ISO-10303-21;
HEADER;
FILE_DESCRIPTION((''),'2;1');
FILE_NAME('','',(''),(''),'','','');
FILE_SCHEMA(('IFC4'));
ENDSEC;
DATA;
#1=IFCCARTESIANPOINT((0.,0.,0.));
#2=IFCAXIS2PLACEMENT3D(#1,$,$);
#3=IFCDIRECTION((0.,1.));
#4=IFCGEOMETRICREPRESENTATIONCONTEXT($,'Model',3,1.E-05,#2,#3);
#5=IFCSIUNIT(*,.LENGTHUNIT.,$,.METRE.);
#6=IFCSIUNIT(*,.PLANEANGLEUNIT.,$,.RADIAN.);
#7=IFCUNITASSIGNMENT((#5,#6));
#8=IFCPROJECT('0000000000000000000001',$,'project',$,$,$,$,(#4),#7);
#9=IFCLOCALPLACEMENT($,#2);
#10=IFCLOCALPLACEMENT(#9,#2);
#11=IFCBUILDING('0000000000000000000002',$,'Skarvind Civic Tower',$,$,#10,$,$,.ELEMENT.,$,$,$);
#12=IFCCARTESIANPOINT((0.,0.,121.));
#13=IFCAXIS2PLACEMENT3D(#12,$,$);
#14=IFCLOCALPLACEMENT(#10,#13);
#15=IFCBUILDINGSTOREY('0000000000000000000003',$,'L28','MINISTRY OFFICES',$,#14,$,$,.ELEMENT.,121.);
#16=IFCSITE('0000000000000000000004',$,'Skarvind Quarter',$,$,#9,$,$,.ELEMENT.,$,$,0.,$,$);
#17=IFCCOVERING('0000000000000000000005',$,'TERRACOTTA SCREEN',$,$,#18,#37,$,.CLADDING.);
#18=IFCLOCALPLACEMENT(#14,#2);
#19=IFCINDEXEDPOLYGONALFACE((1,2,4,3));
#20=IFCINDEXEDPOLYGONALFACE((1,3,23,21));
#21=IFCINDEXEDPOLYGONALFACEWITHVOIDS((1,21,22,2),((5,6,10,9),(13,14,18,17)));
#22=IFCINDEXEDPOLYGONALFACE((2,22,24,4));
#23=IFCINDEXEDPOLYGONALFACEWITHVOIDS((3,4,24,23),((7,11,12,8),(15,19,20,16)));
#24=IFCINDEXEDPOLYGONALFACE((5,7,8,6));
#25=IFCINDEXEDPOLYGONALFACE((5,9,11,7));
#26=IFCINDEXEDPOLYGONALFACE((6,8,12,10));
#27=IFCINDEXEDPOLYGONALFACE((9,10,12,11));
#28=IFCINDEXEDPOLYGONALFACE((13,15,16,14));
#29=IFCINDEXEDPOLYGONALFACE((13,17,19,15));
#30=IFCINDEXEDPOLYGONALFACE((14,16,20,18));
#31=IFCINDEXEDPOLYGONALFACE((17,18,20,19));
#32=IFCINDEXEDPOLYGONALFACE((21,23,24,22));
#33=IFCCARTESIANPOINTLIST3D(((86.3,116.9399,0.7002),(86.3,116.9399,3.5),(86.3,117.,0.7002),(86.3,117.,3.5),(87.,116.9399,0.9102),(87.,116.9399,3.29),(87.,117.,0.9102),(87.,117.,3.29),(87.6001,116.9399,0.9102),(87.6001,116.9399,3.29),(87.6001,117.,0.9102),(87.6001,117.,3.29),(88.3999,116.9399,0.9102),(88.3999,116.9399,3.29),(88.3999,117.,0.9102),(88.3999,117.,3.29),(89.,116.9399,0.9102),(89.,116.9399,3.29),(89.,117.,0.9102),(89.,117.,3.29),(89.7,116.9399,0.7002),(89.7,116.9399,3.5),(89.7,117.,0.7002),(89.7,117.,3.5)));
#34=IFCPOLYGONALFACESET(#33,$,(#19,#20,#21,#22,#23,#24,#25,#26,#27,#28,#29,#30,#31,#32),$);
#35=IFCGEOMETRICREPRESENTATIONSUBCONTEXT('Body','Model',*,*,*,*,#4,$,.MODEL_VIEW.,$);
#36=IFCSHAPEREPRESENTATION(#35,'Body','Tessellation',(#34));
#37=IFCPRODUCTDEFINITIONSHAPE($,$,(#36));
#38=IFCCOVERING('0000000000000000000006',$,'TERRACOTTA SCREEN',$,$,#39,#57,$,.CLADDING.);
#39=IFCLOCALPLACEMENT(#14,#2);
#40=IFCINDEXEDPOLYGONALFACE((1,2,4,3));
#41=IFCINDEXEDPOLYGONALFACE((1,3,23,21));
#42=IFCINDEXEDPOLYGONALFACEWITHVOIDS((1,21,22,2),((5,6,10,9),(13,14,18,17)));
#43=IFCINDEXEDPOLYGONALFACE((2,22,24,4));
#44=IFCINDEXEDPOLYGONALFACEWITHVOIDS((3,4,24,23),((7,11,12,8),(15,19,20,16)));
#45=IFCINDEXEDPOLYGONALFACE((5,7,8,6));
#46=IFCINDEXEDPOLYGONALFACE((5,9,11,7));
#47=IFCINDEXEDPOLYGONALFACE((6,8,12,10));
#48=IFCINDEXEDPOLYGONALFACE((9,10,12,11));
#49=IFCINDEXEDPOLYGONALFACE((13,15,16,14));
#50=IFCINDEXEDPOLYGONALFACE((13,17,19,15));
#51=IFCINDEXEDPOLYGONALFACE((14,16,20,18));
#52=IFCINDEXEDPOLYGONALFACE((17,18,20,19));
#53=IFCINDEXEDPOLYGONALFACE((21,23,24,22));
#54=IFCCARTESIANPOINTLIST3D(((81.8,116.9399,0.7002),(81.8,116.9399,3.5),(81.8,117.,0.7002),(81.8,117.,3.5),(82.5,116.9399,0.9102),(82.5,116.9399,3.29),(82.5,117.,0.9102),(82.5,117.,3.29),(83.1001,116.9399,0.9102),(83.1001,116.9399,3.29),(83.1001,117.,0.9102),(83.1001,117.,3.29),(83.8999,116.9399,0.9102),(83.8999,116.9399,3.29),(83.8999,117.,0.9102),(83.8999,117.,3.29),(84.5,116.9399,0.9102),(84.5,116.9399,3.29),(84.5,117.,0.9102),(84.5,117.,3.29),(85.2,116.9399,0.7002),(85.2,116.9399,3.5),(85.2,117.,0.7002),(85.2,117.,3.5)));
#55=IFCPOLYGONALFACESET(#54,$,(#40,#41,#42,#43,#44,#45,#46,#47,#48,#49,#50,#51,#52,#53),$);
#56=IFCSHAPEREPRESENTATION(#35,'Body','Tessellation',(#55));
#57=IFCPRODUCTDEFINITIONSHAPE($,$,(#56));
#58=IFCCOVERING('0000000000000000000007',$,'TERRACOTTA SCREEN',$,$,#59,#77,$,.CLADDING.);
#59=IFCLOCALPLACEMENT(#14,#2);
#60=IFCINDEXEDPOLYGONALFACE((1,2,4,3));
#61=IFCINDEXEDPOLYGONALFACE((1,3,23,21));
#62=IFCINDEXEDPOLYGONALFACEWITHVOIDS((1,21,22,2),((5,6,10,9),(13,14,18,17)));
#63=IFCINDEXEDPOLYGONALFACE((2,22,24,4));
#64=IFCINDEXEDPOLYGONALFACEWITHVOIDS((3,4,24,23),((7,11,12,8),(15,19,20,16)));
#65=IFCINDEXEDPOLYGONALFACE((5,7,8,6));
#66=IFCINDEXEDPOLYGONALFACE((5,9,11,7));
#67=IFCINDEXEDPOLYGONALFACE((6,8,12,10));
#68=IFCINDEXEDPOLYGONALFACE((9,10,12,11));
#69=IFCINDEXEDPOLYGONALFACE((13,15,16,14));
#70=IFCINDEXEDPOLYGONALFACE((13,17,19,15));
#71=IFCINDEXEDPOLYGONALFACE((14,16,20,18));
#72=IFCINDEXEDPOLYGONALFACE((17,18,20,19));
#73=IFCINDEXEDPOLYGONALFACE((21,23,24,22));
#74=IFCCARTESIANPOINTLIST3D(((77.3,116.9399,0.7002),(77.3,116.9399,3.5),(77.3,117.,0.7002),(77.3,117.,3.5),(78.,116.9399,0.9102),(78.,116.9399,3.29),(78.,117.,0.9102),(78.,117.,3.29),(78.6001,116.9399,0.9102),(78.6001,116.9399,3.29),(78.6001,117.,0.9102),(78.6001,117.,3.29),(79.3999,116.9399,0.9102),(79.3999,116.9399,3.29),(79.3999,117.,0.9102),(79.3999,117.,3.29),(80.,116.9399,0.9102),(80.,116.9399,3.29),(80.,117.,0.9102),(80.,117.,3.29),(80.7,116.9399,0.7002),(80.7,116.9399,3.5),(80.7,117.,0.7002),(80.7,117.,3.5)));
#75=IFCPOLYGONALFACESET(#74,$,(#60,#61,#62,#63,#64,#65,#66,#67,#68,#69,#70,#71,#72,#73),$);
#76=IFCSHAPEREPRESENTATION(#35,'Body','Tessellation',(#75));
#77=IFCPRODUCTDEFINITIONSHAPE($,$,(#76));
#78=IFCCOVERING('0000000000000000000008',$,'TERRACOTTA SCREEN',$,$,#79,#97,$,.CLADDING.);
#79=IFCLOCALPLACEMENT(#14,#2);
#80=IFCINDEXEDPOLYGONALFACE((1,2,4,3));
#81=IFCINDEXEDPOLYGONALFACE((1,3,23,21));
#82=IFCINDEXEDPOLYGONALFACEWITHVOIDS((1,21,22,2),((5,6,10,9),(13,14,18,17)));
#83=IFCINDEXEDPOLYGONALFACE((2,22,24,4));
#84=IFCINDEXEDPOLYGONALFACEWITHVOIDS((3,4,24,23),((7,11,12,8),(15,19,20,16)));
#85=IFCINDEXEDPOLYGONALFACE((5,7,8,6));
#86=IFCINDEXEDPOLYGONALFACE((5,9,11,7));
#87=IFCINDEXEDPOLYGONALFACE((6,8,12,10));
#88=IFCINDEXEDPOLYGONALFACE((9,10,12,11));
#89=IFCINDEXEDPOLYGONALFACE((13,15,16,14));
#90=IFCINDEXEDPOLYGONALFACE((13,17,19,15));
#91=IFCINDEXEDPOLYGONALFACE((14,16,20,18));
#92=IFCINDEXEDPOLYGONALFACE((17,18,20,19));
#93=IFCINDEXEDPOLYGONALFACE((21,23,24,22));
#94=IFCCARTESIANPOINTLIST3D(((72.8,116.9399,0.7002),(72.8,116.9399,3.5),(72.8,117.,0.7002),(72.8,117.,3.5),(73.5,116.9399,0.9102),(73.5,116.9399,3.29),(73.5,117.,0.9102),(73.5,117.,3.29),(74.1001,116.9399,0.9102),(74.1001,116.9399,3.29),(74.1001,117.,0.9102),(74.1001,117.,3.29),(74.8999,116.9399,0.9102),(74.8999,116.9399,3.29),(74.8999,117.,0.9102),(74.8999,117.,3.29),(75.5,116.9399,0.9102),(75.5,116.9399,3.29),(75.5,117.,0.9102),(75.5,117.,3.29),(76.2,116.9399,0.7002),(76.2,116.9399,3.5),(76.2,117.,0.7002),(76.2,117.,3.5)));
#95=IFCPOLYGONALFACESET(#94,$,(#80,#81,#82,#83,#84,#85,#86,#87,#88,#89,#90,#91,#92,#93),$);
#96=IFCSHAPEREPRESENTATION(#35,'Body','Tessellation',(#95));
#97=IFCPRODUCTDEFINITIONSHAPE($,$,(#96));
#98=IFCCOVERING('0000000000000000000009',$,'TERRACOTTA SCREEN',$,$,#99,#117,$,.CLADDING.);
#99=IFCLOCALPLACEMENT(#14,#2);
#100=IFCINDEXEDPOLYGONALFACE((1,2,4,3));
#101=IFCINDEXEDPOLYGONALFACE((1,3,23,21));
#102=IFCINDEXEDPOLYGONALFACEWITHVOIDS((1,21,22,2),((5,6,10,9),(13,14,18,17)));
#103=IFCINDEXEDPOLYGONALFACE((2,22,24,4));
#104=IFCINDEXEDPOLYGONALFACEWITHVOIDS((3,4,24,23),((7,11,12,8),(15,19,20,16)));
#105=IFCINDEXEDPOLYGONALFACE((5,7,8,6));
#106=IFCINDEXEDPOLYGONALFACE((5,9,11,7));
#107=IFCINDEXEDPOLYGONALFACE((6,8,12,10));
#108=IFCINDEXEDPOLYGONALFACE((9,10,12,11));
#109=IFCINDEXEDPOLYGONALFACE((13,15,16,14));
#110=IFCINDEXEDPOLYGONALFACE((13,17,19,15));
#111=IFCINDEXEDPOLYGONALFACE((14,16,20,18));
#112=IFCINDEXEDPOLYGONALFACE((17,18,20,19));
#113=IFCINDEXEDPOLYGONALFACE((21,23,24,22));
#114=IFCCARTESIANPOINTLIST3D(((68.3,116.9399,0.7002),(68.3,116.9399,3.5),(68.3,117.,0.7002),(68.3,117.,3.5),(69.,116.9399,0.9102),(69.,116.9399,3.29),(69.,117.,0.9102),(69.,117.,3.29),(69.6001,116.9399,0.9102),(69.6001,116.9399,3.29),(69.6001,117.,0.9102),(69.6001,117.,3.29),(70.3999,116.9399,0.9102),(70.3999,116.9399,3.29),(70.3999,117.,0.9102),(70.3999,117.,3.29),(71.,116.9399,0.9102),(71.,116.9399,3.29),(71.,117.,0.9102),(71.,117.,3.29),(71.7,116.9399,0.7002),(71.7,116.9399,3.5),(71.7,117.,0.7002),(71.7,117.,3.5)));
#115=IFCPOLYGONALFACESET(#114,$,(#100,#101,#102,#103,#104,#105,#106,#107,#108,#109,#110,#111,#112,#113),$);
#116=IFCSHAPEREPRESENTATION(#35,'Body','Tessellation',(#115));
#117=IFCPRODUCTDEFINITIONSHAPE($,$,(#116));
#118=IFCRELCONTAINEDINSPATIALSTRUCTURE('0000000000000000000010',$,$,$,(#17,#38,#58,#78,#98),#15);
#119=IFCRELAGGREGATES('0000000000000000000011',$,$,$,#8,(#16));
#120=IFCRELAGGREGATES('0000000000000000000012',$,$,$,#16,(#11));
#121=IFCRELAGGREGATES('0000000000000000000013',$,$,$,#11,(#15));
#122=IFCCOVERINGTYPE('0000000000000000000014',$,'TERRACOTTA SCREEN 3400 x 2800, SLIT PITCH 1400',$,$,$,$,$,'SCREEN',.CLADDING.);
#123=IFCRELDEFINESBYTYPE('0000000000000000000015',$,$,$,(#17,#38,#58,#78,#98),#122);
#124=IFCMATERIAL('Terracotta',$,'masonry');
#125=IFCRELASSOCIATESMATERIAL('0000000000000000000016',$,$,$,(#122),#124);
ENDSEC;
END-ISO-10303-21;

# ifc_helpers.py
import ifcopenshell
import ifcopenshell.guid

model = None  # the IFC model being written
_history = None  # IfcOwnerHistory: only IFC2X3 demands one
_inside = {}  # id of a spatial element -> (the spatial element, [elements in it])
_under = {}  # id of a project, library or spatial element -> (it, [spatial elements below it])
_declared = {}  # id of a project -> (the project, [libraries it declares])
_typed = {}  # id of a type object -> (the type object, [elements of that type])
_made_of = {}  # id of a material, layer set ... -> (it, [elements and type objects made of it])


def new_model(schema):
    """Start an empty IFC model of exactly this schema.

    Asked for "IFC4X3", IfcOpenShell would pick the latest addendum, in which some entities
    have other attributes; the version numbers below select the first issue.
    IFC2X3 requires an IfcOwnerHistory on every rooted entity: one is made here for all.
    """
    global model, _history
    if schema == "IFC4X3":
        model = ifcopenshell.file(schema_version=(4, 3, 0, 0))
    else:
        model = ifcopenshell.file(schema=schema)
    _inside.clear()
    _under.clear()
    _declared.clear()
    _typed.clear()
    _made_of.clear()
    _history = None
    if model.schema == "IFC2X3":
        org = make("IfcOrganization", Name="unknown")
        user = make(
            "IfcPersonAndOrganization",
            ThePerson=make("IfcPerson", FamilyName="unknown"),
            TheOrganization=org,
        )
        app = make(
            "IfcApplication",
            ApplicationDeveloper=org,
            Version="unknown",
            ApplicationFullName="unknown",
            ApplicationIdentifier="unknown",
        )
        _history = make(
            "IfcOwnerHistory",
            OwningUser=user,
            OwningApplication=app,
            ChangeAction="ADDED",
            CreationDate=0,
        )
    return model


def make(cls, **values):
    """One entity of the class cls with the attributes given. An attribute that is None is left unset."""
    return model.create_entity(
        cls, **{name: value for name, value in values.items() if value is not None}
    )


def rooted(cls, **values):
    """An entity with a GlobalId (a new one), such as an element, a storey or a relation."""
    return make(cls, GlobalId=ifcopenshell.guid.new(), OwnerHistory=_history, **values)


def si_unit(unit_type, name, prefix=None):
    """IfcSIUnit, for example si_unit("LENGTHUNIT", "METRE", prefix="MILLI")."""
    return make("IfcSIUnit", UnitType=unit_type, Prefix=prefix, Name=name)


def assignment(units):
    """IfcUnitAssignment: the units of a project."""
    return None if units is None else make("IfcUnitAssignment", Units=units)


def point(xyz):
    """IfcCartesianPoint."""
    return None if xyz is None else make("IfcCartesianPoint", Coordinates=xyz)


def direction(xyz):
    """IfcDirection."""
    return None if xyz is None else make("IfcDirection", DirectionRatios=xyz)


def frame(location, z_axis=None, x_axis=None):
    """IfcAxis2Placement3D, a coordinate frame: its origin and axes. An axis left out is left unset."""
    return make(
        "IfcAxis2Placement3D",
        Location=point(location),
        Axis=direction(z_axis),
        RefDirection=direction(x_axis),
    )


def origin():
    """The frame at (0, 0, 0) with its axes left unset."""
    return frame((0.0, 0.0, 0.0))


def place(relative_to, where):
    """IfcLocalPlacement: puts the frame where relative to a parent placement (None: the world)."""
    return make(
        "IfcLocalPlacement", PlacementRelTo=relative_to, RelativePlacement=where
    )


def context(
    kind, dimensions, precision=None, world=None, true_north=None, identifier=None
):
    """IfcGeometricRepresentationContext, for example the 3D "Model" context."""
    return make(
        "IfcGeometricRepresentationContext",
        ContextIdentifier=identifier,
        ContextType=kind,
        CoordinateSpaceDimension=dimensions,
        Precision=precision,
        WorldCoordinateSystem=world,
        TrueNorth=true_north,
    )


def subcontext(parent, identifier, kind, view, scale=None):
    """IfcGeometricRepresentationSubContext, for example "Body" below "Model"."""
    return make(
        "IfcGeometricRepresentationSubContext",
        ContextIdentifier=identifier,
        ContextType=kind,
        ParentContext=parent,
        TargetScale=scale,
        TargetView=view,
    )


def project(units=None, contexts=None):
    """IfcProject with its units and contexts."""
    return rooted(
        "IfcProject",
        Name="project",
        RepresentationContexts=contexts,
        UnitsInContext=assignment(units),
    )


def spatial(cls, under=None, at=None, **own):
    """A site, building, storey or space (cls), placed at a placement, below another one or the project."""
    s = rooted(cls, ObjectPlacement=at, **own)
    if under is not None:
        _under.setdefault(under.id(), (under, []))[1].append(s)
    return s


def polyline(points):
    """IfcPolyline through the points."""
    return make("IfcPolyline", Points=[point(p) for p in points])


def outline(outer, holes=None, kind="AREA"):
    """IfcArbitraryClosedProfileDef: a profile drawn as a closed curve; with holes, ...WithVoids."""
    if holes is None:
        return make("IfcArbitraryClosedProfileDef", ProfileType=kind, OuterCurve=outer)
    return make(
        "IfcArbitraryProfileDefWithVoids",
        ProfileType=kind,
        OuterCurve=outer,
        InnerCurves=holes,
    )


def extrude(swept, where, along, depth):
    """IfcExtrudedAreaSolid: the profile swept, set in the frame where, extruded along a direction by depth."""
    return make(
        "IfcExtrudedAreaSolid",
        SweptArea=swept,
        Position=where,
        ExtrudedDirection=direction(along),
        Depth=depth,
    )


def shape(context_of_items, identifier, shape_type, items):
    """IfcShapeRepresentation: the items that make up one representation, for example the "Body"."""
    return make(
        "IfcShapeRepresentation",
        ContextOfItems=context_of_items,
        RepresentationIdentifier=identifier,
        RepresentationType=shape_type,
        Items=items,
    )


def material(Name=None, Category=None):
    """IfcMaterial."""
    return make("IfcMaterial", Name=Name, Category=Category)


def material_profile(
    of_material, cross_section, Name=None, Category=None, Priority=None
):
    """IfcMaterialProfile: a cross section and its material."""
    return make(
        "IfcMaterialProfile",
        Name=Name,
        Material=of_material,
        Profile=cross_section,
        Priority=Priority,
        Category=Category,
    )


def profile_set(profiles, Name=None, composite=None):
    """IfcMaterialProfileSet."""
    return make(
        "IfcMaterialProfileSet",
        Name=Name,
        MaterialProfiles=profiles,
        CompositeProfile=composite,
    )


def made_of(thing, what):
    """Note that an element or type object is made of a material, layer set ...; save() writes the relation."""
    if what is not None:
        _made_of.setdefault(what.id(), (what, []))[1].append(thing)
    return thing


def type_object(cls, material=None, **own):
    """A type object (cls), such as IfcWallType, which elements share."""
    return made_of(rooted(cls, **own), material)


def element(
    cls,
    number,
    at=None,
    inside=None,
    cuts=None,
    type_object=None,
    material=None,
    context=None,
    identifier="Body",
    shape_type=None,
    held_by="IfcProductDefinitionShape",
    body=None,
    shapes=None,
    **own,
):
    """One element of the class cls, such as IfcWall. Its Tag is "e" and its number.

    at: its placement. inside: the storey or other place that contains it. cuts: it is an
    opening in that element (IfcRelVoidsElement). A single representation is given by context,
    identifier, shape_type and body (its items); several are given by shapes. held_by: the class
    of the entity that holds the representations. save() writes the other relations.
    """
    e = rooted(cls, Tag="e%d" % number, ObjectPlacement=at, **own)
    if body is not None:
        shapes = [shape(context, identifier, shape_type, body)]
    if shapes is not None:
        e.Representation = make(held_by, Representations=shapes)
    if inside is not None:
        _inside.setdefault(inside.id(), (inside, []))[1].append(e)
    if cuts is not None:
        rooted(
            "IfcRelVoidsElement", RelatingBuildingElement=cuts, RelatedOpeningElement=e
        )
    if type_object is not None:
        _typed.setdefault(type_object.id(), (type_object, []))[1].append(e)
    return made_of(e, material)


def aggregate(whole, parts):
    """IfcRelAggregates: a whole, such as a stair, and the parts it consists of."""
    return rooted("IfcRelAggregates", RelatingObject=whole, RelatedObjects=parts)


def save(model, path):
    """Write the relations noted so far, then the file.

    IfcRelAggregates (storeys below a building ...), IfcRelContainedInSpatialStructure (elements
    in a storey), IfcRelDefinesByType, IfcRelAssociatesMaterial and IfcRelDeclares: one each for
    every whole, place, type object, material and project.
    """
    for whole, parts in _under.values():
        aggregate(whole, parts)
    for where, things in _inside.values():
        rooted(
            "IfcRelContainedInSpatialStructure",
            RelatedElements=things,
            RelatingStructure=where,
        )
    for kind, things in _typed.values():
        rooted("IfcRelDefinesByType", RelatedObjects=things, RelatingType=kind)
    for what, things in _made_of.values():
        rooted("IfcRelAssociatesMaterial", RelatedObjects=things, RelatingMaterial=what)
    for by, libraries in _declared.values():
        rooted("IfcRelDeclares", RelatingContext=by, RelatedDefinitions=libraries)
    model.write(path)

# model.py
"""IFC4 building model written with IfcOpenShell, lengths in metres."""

from ifc_helpers import new_model, si_unit, direction, frame, origin, place, context, subcontext, project, spatial, polyline, outline, extrude, material, material_profile, profile_set, type_object, element, save


model = new_model("IFC4")

# Units and contexts
model_context = context("Model", 3, precision=1e-05, world=origin(), true_north=direction((0.0, 1.0)))
body_context = subcontext(model_context, "Body", "Model", "MODEL_VIEW")
ifc_project = project(units=[si_unit("LENGTHUNIT", "METRE"), si_unit("PLANEANGLEUNIT", "RADIAN")], contexts=[model_context])

# Site, building, storey
site_placement = place(None, origin())
site = spatial("IfcSite", under=ifc_project, at=site_placement, Name="Skarvind Quarter", CompositionType="ELEMENT", RefElevation=0.0)
building_placement = place(site_placement, origin())
building = spatial("IfcBuilding", under=site, at=building_placement, Name="Skarvind Civic Tower", CompositionType="ELEMENT")
storey_placement = place(building_placement, frame((0.0, 0.0, 121.0)))
storey = spatial("IfcBuildingStorey", under=building, at=storey_placement, Name="L28", Description="MINISTRY OFFICES", CompositionType="ELEMENT", Elevation=121.0)

# Coverings
ifc_material_1 = material(Name="Terracotta", Category="masonry")
ifc_material_profile_1 = material_profile(ifc_material_1, outline(polyline([(-1.7, -1.3999), (1.7, -1.3999), (1.7, 1.3999), (-1.7, 1.3999), (-1.7, -1.3999)]), holes=[polyline([(-1.0, -1.1899), (-0.3999, -1.1899), (-0.3999, 1.1899), (-1.0, 1.1899), (-1.0, -1.1899)]), polyline([(0.3999, -1.1899), (1.0, -1.1899), (1.0, 1.1899), (0.3999, 1.1899), (0.3999, -1.1899)])]), Name="TERRACOTTA SCREEN 3400 x 2800, SLIT PITCH 1400")
ifc_profile_set_1 = profile_set([ifc_material_profile_1], Name="Terracotta")
covering_type = type_object("IfcCoveringType", Name="TERRACOTTA SCREEN 3400 x 2800, SLIT PITCH 1400", ElementType="SCREEN", PredefinedType="CLADDING", material=ifc_profile_set_1)
for number, where, z_axis, x_axis, name in (
    (1, (88.0, 117.0, 2.1001), (0.0, -1.0, 0.0), (1.0, 0.0, 0.0), "TERRACOTTA SCREEN"),
    (2, (83.5, 117.0, 2.1001), (0.0, -1.0, 0.0), (1.0, 0.0, 0.0), "TERRACOTTA SCREEN"),
    (3, (79.0, 117.0, 2.1001), (0.0, -1.0, 0.0), (1.0, 0.0, 0.0), "TERRACOTTA SCREEN"),
    (4, (74.5, 117.0, 2.1001), (0.0, -1.0, 0.0), (1.0, 0.0, 0.0), "TERRACOTTA SCREEN"),
    (5, (70.0, 117.0, 2.1001), (0.0, -1.0, 0.0), (1.0, 0.0, 0.0), "TERRACOTTA SCREEN"),
):
    element("IfcCovering", number, at=place(storey_placement, frame(where, z_axis=z_axis, x_axis=x_axis)), inside=storey, type_object=covering_type, Name=name, PredefinedType="CLADDING", context=body_context, shape_type="SweptSolid", body=[
        extrude(outline(polyline([(-1.7, -1.3999), (1.7, -1.3999), (1.7, 1.3999), (-1.7, 1.3999), (-1.7, -1.3999)]), holes=[polyline([(-1.0, -1.1899), (-0.3999, -1.1899), (-0.3999, 1.1899), (-1.0, 1.1899), (-1.0, -1.1899)]), polyline([(0.3999, -1.1899), (1.0, -1.1899), (1.0, 1.1899), (0.3999, 1.1899), (0.3999, -1.1899)])]), origin(), (0.0, 0.0, 1.0), 0.0601),
    ])

save(model, "model.ifc")
